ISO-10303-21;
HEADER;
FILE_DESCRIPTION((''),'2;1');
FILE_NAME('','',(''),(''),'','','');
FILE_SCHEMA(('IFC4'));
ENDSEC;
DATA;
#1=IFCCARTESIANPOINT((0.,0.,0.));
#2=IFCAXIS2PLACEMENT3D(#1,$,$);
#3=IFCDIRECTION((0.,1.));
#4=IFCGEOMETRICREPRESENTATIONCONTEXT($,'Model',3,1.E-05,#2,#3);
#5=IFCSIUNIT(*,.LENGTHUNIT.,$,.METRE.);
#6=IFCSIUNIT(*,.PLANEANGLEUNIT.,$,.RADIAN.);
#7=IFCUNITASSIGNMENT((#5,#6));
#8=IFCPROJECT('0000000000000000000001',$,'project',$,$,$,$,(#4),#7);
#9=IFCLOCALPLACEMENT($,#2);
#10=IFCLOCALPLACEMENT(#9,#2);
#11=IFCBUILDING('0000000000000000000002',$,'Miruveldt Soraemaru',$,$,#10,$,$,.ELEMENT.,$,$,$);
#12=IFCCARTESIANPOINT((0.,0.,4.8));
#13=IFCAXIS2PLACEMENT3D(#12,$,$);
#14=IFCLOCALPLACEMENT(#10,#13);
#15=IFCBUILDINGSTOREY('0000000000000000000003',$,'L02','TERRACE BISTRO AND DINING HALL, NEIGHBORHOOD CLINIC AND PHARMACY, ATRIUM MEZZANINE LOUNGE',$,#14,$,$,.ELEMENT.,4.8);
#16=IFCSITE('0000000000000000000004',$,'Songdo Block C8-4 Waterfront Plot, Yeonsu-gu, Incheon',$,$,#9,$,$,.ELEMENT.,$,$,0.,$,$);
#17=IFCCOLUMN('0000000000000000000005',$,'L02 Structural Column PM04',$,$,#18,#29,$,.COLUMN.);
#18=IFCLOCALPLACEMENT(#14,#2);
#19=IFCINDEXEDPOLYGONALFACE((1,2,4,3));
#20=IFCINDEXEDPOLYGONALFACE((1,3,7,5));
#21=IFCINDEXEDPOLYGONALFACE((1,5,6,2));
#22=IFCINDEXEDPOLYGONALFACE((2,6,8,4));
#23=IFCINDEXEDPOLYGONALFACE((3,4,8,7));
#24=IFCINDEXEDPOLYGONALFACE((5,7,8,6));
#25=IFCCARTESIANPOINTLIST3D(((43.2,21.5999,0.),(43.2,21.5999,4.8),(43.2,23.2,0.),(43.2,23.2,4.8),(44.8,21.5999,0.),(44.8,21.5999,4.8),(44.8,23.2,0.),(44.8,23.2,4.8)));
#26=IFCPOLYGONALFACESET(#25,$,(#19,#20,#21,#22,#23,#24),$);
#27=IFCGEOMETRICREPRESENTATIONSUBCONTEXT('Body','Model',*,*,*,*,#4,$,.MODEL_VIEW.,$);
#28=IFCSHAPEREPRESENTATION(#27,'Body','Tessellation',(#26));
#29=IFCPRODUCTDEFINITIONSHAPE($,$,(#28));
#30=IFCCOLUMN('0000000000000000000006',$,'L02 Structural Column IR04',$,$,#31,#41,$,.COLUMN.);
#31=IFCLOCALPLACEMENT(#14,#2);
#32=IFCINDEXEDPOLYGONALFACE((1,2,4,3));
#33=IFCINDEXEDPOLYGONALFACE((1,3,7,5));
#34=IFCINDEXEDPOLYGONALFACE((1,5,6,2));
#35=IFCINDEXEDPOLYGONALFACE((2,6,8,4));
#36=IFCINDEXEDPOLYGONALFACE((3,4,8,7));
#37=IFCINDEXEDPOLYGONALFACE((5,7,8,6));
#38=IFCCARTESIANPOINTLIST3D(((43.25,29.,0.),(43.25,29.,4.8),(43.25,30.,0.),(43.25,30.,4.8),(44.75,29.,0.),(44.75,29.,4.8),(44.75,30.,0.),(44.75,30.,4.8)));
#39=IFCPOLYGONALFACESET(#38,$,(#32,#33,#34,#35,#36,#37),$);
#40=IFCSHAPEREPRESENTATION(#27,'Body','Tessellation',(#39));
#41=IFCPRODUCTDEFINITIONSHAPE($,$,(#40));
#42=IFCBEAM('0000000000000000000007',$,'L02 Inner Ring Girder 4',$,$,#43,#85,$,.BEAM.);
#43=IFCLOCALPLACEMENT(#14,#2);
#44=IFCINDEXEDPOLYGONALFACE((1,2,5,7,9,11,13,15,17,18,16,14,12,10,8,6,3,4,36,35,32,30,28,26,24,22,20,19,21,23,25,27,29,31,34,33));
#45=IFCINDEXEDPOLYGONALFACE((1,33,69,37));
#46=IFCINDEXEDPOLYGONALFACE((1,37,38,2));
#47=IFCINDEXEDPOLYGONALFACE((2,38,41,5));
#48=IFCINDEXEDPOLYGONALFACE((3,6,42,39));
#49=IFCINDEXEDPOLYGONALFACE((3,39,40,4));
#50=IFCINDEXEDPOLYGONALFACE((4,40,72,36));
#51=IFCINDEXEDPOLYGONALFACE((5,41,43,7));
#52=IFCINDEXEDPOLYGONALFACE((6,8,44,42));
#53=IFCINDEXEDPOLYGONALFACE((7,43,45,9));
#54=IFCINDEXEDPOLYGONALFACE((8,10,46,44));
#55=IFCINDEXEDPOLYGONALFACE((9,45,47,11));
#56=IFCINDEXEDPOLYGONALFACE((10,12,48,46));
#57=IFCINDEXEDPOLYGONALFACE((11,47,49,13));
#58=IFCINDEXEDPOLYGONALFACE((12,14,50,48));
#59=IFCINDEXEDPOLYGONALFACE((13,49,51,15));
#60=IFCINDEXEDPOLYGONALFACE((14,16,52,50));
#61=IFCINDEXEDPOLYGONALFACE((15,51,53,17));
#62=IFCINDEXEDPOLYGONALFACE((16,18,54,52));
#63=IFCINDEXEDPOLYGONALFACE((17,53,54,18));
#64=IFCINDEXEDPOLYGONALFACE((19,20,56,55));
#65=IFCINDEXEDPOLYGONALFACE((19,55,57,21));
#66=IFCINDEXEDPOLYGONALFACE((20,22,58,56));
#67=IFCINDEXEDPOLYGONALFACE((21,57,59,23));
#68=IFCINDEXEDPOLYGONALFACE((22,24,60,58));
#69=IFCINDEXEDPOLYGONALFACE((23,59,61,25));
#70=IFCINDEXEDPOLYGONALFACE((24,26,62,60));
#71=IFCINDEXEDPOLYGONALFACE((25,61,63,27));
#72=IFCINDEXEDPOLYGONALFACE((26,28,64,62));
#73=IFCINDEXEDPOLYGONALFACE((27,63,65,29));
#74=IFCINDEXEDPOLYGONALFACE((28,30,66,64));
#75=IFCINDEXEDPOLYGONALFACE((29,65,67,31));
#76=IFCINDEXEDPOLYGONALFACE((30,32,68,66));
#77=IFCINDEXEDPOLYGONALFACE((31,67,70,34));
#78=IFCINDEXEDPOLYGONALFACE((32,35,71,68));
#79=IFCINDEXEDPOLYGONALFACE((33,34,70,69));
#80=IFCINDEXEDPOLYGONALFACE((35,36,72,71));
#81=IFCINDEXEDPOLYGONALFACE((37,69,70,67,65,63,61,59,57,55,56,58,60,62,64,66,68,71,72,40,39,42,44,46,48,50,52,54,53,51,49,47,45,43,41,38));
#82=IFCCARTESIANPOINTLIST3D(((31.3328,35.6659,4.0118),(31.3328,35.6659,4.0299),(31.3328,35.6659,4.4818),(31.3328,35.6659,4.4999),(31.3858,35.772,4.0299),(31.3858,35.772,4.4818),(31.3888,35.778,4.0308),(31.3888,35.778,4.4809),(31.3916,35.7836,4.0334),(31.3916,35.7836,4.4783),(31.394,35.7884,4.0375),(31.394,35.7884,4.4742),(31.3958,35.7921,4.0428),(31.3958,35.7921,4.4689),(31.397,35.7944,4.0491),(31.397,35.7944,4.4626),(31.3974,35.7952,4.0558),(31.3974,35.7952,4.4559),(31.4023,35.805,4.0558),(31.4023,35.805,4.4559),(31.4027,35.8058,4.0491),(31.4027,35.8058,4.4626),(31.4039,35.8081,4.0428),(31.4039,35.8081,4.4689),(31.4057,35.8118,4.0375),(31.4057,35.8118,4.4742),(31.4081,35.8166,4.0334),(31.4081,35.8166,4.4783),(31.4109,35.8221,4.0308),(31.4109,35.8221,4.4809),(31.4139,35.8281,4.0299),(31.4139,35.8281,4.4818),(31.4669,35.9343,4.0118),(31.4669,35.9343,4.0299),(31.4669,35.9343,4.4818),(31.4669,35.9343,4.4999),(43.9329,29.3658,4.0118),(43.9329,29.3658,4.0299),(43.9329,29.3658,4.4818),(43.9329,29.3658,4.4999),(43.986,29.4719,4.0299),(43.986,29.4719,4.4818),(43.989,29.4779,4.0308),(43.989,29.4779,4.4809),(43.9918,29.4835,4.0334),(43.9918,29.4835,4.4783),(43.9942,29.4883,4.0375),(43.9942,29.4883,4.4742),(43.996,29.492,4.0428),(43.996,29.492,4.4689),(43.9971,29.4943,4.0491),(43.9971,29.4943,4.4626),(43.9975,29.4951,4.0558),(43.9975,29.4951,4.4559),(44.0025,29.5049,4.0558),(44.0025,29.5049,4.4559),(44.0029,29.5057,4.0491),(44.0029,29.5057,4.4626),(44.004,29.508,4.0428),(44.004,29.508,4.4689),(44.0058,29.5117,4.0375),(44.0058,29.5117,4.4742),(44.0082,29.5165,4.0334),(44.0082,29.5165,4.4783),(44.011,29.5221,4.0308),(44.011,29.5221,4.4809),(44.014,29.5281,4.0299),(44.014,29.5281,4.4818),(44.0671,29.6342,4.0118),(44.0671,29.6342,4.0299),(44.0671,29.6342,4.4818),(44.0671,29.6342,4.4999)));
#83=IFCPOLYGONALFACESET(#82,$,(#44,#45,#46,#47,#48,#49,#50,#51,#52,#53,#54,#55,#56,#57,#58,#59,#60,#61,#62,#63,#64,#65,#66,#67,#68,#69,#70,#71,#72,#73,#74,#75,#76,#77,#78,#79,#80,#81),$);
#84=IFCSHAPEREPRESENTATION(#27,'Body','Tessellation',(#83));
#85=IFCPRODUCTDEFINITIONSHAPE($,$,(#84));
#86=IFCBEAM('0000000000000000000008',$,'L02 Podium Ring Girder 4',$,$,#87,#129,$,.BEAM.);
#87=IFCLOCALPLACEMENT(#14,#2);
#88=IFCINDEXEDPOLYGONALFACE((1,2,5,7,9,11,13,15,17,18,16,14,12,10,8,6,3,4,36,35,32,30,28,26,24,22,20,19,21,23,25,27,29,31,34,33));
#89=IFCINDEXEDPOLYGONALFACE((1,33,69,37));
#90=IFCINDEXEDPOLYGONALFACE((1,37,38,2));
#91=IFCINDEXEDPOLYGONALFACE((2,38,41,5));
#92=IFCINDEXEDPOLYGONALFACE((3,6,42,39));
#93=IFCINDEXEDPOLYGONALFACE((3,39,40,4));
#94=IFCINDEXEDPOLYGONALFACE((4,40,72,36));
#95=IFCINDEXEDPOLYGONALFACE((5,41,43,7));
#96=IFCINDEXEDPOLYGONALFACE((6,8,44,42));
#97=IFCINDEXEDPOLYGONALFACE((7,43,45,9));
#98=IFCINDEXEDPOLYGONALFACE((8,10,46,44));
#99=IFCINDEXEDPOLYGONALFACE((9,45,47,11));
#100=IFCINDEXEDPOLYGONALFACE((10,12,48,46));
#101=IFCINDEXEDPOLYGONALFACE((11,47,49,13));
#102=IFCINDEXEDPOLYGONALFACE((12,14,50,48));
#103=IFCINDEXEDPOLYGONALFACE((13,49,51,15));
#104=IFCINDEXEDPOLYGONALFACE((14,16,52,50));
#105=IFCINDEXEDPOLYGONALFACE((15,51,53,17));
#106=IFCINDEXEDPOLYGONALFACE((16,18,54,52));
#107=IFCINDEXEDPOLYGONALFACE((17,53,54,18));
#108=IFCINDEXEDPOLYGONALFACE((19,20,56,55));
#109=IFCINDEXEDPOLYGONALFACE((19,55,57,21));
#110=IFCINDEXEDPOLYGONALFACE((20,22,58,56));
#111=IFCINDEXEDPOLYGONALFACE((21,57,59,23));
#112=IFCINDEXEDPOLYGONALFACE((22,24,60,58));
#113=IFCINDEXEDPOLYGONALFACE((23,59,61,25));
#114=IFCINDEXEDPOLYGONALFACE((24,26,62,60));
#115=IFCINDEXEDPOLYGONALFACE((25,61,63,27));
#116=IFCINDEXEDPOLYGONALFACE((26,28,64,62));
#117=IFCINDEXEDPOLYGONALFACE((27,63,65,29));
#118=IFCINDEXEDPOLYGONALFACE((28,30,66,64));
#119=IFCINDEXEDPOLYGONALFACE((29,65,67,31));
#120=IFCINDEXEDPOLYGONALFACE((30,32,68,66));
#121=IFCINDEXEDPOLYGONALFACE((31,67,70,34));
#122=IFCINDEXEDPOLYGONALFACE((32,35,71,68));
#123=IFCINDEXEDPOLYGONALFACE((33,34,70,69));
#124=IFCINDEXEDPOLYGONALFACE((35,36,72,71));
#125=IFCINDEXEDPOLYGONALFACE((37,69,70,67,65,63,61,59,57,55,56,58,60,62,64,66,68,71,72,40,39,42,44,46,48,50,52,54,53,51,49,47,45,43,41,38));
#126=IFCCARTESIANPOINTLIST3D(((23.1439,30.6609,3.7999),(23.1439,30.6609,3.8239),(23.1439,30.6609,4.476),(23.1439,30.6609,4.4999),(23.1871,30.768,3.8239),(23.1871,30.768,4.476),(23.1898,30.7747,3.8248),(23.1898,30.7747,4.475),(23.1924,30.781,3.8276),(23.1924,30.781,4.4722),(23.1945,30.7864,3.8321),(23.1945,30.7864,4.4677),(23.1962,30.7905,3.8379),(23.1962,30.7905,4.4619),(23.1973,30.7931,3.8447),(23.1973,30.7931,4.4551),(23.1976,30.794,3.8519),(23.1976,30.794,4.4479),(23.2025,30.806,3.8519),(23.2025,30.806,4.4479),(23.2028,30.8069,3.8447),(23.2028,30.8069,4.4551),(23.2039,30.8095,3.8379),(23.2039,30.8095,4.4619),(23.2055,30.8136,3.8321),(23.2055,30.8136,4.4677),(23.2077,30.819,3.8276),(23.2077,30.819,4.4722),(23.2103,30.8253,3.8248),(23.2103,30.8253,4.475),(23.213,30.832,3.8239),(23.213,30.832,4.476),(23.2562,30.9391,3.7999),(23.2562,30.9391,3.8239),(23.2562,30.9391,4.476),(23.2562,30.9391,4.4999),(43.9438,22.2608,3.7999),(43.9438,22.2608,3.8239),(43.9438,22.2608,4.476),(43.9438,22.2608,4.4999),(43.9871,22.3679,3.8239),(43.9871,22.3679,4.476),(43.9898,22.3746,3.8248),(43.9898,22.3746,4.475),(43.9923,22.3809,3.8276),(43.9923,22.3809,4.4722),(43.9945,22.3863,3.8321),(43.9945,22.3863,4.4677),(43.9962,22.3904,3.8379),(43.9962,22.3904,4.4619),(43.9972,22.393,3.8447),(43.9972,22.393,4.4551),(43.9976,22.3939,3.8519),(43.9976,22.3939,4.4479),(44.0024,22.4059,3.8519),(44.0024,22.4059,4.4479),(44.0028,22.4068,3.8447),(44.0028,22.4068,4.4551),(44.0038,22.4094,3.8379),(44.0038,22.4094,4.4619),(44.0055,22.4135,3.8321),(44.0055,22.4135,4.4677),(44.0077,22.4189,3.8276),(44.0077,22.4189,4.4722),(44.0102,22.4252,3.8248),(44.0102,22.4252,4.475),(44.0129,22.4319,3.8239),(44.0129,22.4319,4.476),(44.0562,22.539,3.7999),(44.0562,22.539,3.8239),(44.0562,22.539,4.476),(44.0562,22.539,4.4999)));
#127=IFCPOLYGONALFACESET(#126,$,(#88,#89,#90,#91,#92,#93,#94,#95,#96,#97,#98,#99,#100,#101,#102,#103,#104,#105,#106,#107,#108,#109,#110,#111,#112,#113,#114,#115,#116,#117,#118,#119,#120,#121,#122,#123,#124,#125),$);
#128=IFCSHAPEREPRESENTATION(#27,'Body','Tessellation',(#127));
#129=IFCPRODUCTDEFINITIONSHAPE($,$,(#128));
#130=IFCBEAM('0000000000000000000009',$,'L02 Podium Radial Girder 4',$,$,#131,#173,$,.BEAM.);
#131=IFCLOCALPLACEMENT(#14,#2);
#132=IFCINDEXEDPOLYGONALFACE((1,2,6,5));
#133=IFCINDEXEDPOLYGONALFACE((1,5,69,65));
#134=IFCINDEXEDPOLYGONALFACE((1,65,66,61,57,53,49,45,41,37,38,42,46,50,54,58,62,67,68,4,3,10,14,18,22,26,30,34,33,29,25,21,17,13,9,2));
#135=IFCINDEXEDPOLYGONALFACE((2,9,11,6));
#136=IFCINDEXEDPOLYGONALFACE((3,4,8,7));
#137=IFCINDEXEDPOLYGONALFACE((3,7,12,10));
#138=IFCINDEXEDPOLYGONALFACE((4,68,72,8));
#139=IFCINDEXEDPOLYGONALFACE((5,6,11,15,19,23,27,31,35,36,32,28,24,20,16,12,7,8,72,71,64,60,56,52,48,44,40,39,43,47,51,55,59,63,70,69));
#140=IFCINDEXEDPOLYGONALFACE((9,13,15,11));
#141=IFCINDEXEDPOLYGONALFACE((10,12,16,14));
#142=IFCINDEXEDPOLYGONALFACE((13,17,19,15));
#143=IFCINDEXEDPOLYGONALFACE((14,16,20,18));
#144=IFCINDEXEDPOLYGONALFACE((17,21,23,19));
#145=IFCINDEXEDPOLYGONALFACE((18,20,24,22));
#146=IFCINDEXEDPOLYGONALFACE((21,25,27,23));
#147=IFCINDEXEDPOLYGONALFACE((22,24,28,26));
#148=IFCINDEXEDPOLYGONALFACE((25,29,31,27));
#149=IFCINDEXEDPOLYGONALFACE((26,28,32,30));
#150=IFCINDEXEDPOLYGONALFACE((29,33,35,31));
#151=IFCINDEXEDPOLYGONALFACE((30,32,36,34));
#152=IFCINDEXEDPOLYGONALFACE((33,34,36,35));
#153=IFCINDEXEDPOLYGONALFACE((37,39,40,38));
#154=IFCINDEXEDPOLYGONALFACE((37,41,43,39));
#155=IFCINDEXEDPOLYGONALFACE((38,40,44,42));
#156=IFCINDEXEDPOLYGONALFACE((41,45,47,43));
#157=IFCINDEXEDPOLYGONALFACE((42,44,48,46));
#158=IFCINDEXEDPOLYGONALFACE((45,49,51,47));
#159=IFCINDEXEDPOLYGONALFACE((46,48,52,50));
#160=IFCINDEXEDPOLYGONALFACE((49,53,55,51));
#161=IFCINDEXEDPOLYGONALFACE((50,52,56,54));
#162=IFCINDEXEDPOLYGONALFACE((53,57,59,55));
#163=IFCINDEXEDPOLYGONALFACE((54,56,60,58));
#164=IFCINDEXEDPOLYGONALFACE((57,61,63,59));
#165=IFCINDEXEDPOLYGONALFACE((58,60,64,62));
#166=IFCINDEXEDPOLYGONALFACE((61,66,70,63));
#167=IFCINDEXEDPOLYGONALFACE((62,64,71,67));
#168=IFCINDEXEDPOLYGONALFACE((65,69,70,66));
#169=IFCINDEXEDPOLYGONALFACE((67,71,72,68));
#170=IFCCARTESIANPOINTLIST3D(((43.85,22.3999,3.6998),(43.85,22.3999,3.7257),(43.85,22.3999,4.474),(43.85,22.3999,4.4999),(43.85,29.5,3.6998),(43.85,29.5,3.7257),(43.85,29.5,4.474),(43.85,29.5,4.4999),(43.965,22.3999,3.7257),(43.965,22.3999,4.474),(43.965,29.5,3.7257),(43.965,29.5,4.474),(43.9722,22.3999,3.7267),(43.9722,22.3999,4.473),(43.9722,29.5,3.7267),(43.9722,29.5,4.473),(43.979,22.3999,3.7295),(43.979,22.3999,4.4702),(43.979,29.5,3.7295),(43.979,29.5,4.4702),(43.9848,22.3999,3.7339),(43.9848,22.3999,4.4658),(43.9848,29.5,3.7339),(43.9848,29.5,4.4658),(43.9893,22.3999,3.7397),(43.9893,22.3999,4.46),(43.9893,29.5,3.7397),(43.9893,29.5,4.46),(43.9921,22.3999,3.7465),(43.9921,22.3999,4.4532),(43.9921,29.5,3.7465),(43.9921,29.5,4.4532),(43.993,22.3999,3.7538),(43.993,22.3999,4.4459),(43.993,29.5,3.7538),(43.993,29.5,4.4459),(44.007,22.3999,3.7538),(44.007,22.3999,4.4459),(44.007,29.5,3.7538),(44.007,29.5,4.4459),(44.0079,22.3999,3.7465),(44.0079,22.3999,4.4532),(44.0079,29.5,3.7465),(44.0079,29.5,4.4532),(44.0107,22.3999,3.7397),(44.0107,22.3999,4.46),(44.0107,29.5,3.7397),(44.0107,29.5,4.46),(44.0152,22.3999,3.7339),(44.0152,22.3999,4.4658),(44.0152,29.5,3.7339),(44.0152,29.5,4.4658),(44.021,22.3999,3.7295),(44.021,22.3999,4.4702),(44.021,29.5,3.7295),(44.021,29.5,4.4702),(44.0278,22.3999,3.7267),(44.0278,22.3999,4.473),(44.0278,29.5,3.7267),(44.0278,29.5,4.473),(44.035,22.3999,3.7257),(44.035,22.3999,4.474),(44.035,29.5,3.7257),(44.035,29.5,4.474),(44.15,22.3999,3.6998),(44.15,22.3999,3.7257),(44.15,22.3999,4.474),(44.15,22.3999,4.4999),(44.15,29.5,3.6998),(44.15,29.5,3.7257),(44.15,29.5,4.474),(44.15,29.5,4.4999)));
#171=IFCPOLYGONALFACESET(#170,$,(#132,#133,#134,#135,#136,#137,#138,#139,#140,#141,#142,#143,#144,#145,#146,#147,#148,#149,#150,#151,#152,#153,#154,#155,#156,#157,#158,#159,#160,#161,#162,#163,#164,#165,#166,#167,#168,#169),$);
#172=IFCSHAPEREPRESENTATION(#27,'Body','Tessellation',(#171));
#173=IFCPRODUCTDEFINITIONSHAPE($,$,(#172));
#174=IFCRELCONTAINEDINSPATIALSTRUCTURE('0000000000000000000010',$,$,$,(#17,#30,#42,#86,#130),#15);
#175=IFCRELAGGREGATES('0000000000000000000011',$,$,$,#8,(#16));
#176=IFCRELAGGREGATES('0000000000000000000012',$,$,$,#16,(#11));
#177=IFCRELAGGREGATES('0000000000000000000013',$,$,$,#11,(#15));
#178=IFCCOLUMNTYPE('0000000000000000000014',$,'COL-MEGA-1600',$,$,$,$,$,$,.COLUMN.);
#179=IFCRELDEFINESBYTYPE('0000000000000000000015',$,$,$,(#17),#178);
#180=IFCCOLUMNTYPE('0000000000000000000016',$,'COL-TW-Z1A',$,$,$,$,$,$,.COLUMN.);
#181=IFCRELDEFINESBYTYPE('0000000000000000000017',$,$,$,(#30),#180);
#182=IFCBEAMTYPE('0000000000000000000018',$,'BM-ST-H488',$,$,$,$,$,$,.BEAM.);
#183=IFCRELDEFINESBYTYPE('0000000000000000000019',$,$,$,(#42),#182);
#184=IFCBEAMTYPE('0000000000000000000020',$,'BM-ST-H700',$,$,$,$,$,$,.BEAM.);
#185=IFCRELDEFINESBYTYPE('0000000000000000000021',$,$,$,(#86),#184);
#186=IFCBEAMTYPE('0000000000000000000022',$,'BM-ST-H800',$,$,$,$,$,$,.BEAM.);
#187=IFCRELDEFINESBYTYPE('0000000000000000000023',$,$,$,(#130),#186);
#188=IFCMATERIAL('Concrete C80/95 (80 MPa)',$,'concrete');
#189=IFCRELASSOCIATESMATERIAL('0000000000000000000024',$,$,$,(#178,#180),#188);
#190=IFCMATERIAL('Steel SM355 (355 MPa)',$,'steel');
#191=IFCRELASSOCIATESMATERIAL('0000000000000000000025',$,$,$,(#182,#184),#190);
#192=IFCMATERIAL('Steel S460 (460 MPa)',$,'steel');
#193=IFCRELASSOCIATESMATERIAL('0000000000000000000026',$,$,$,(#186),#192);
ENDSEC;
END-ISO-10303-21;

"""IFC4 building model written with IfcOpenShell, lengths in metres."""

from ifc_helpers import new_model, si_unit, direction, frame, origin, origin_2d, place, context, subcontext, project, spatial, rectangle, i_section, extrude, material, material_profile, profile_set, type_object, element, save


model = new_model("IFC4")

# Units and contexts
model_context = context("Model", 3, precision=1e-05, world=origin(), true_north=direction((0.0, 1.0)))
body_context = subcontext(model_context, "Body", "Model", "MODEL_VIEW")
ifc_project = project(units=[si_unit("LENGTHUNIT", "METRE"), si_unit("PLANEANGLEUNIT", "RADIAN")], contexts=[model_context])

# Site, building, storey
site_placement = place(None, origin())
site = spatial("IfcSite", under=ifc_project, at=site_placement, Name="Songdo Block C8-4 Waterfront Plot, Yeonsu-gu, Incheon", CompositionType="ELEMENT", RefElevation=0.0)
building_placement = place(site_placement, origin())
building = spatial("IfcBuilding", under=site, at=building_placement, Name="Miruveldt Soraemaru", CompositionType="ELEMENT")
storey_placement = place(building_placement, frame((0.0, 0.0, 4.8)))
storey = spatial("IfcBuildingStorey", under=building, at=storey_placement, Name="L02", Description="TERRACE BISTRO AND DINING HALL, NEIGHBORHOOD CLINIC AND PHARMACY, ATRIUM MEZZANINE LOUNGE", CompositionType="ELEMENT", Elevation=4.8)

# Columns
ifc_material_1 = material(Name="Concrete C80/95 (80 MPa)", Category="concrete")
ifc_material_profile_1 = material_profile(ifc_material_1, rectangle(XDim=1.6001, YDim=1.6001, at=origin_2d()), Name="Concrete C80/95 (80 MPa)", Category="concrete")
ifc_profile_set_1 = profile_set([ifc_material_profile_1], Name="Concrete C80/95 (80 MPa)")
column_type_1 = type_object("IfcColumnType", Name="COL-MEGA-1600", PredefinedType="COLUMN", material=ifc_profile_set_1)
column_1_placement = place(storey_placement, frame((44.0, 22.3999, 0.0), z_axis=(0.0, 0.0, 1.0), x_axis=(1.0, 0.0, 0.0)))
element("IfcColumn", 1, at=column_1_placement, inside=storey, type_object=column_type_1, Name="L02 Structural Column PM04", PredefinedType="COLUMN", context=body_context, shape_type="SweptSolid", body=[
    extrude(rectangle(XDim=1.6001, YDim=1.6001, at=origin_2d()), origin(), (0.0, 0.0, 1.0), 4.8),
])
ifc_material_profile_2 = material_profile(ifc_material_1, rectangle(XDim=1.5, YDim=1.0, at=origin_2d()), Name="Concrete C80/95 (80 MPa)", Category="concrete")
ifc_profile_set_2 = profile_set([ifc_material_profile_2], Name="Concrete C80/95 (80 MPa)")
column_type_2 = type_object("IfcColumnType", Name="COL-TW-Z1A", PredefinedType="COLUMN", material=ifc_profile_set_2)
column_2_placement = place(storey_placement, frame((44.0, 29.5, 0.0), z_axis=(0.0, 0.0, 1.0), x_axis=(1.0, 0.0, 0.0)))
element("IfcColumn", 2, at=column_2_placement, inside=storey, type_object=column_type_2, Name="L02 Structural Column IR04", PredefinedType="COLUMN", context=body_context, shape_type="SweptSolid", body=[
    extrude(rectangle(XDim=1.5, YDim=1.0, at=origin_2d()), origin(), (0.0, 0.0, 1.0), 4.8),
])

# Beams
ifc_material_2 = material(Name="Steel SM355 (355 MPa)", Category="steel")
ifc_material_profile_3 = material_profile(ifc_material_2, i_section(OverallWidth=0.3, OverallDepth=0.488, WebThickness=0.011, FlangeThickness=0.0181, FilletRadius=0.0259, at=origin_2d()), Name="Steel SM355 (355 MPa)", Category="steel")
ifc_profile_set_3 = profile_set([ifc_material_profile_3], Name="Steel SM355 (355 MPa)")
beam_type_1 = type_object("IfcBeamType", Name="BM-ST-H488", PredefinedType="BEAM", material=ifc_profile_set_3)
beam_1_placement = place(storey_placement, frame((44.0, 29.5, 4.2559), z_axis=(-0.894427, 0.447214, 0.0), x_axis=(-0.447214, -0.894427, 0.0)))
element("IfcBeam", 3, at=beam_1_placement, inside=storey, type_object=beam_type_1, Name="L02 Inner Ring Girder 4", PredefinedType="BEAM", context=body_context, shape_type="SweptSolid", body=[
    extrude(i_section(OverallWidth=0.3, OverallDepth=0.488, WebThickness=0.011, FlangeThickness=0.0181, FilletRadius=0.0259, at=origin_2d()), origin(), (0.0, 0.0, 1.0), 14.0874),
])
ifc_material_profile_4 = material_profile(ifc_material_2, i_section(OverallWidth=0.3, OverallDepth=0.7, WebThickness=0.0129, FlangeThickness=0.0239, FilletRadius=0.0281, at=origin_2d()), Name="Steel SM355 (355 MPa)", Category="steel")
ifc_profile_set_4 = profile_set([ifc_material_profile_4], Name="Steel SM355 (355 MPa)")
beam_type_2 = type_object("IfcBeamType", Name="BM-ST-H700", PredefinedType="BEAM", material=ifc_profile_set_4)
beam_2_placement = place(storey_placement, frame((44.0, 22.3999, 4.1499), z_axis=(-0.92724, 0.374468, 0.0), x_axis=(-0.374468, -0.92724, 0.0)))
element("IfcBeam", 4, at=beam_2_placement, inside=storey, type_object=beam_type_2, Name="L02 Podium Ring Girder 4", PredefinedType="BEAM", context=body_context, shape_type="SweptSolid", body=[
    extrude(i_section(OverallWidth=0.3, OverallDepth=0.7, WebThickness=0.0129, FlangeThickness=0.0239, FilletRadius=0.0281, at=origin_2d()), origin(), (0.0, 0.0, 1.0), 22.4321),
])
ifc_material_3 = material(Name="Steel S460 (460 MPa)", Category="steel")
ifc_material_profile_5 = material_profile(ifc_material_3, i_section(OverallWidth=0.3, OverallDepth=0.8, WebThickness=0.0139, FlangeThickness=0.0259, FilletRadius=0.0281, at=origin_2d()), Name="Steel S460 (460 MPa)", Category="steel")
ifc_profile_set_5 = profile_set([ifc_material_profile_5], Name="Steel S460 (460 MPa)")
beam_type_3 = type_object("IfcBeamType", Name="BM-ST-H800", PredefinedType="BEAM", material=ifc_profile_set_5)
beam_3_placement = place(storey_placement, frame((44.0, 29.5, 4.0999), z_axis=(0.0, -1.0, 0.0), x_axis=(1.0, 0.0, 0.0)))
element("IfcBeam", 5, at=beam_3_placement, inside=storey, type_object=beam_type_3, Name="L02 Podium Radial Girder 4", PredefinedType="BEAM", context=body_context, shape_type="SweptSolid", body=[
    extrude(i_section(OverallWidth=0.3, OverallDepth=0.8, WebThickness=0.0139, FlangeThickness=0.0259, FilletRadius=0.0281, at=origin_2d()), origin(), (0.0, 0.0, 1.0), 7.1001),
])

save(model, "model.ifc")
